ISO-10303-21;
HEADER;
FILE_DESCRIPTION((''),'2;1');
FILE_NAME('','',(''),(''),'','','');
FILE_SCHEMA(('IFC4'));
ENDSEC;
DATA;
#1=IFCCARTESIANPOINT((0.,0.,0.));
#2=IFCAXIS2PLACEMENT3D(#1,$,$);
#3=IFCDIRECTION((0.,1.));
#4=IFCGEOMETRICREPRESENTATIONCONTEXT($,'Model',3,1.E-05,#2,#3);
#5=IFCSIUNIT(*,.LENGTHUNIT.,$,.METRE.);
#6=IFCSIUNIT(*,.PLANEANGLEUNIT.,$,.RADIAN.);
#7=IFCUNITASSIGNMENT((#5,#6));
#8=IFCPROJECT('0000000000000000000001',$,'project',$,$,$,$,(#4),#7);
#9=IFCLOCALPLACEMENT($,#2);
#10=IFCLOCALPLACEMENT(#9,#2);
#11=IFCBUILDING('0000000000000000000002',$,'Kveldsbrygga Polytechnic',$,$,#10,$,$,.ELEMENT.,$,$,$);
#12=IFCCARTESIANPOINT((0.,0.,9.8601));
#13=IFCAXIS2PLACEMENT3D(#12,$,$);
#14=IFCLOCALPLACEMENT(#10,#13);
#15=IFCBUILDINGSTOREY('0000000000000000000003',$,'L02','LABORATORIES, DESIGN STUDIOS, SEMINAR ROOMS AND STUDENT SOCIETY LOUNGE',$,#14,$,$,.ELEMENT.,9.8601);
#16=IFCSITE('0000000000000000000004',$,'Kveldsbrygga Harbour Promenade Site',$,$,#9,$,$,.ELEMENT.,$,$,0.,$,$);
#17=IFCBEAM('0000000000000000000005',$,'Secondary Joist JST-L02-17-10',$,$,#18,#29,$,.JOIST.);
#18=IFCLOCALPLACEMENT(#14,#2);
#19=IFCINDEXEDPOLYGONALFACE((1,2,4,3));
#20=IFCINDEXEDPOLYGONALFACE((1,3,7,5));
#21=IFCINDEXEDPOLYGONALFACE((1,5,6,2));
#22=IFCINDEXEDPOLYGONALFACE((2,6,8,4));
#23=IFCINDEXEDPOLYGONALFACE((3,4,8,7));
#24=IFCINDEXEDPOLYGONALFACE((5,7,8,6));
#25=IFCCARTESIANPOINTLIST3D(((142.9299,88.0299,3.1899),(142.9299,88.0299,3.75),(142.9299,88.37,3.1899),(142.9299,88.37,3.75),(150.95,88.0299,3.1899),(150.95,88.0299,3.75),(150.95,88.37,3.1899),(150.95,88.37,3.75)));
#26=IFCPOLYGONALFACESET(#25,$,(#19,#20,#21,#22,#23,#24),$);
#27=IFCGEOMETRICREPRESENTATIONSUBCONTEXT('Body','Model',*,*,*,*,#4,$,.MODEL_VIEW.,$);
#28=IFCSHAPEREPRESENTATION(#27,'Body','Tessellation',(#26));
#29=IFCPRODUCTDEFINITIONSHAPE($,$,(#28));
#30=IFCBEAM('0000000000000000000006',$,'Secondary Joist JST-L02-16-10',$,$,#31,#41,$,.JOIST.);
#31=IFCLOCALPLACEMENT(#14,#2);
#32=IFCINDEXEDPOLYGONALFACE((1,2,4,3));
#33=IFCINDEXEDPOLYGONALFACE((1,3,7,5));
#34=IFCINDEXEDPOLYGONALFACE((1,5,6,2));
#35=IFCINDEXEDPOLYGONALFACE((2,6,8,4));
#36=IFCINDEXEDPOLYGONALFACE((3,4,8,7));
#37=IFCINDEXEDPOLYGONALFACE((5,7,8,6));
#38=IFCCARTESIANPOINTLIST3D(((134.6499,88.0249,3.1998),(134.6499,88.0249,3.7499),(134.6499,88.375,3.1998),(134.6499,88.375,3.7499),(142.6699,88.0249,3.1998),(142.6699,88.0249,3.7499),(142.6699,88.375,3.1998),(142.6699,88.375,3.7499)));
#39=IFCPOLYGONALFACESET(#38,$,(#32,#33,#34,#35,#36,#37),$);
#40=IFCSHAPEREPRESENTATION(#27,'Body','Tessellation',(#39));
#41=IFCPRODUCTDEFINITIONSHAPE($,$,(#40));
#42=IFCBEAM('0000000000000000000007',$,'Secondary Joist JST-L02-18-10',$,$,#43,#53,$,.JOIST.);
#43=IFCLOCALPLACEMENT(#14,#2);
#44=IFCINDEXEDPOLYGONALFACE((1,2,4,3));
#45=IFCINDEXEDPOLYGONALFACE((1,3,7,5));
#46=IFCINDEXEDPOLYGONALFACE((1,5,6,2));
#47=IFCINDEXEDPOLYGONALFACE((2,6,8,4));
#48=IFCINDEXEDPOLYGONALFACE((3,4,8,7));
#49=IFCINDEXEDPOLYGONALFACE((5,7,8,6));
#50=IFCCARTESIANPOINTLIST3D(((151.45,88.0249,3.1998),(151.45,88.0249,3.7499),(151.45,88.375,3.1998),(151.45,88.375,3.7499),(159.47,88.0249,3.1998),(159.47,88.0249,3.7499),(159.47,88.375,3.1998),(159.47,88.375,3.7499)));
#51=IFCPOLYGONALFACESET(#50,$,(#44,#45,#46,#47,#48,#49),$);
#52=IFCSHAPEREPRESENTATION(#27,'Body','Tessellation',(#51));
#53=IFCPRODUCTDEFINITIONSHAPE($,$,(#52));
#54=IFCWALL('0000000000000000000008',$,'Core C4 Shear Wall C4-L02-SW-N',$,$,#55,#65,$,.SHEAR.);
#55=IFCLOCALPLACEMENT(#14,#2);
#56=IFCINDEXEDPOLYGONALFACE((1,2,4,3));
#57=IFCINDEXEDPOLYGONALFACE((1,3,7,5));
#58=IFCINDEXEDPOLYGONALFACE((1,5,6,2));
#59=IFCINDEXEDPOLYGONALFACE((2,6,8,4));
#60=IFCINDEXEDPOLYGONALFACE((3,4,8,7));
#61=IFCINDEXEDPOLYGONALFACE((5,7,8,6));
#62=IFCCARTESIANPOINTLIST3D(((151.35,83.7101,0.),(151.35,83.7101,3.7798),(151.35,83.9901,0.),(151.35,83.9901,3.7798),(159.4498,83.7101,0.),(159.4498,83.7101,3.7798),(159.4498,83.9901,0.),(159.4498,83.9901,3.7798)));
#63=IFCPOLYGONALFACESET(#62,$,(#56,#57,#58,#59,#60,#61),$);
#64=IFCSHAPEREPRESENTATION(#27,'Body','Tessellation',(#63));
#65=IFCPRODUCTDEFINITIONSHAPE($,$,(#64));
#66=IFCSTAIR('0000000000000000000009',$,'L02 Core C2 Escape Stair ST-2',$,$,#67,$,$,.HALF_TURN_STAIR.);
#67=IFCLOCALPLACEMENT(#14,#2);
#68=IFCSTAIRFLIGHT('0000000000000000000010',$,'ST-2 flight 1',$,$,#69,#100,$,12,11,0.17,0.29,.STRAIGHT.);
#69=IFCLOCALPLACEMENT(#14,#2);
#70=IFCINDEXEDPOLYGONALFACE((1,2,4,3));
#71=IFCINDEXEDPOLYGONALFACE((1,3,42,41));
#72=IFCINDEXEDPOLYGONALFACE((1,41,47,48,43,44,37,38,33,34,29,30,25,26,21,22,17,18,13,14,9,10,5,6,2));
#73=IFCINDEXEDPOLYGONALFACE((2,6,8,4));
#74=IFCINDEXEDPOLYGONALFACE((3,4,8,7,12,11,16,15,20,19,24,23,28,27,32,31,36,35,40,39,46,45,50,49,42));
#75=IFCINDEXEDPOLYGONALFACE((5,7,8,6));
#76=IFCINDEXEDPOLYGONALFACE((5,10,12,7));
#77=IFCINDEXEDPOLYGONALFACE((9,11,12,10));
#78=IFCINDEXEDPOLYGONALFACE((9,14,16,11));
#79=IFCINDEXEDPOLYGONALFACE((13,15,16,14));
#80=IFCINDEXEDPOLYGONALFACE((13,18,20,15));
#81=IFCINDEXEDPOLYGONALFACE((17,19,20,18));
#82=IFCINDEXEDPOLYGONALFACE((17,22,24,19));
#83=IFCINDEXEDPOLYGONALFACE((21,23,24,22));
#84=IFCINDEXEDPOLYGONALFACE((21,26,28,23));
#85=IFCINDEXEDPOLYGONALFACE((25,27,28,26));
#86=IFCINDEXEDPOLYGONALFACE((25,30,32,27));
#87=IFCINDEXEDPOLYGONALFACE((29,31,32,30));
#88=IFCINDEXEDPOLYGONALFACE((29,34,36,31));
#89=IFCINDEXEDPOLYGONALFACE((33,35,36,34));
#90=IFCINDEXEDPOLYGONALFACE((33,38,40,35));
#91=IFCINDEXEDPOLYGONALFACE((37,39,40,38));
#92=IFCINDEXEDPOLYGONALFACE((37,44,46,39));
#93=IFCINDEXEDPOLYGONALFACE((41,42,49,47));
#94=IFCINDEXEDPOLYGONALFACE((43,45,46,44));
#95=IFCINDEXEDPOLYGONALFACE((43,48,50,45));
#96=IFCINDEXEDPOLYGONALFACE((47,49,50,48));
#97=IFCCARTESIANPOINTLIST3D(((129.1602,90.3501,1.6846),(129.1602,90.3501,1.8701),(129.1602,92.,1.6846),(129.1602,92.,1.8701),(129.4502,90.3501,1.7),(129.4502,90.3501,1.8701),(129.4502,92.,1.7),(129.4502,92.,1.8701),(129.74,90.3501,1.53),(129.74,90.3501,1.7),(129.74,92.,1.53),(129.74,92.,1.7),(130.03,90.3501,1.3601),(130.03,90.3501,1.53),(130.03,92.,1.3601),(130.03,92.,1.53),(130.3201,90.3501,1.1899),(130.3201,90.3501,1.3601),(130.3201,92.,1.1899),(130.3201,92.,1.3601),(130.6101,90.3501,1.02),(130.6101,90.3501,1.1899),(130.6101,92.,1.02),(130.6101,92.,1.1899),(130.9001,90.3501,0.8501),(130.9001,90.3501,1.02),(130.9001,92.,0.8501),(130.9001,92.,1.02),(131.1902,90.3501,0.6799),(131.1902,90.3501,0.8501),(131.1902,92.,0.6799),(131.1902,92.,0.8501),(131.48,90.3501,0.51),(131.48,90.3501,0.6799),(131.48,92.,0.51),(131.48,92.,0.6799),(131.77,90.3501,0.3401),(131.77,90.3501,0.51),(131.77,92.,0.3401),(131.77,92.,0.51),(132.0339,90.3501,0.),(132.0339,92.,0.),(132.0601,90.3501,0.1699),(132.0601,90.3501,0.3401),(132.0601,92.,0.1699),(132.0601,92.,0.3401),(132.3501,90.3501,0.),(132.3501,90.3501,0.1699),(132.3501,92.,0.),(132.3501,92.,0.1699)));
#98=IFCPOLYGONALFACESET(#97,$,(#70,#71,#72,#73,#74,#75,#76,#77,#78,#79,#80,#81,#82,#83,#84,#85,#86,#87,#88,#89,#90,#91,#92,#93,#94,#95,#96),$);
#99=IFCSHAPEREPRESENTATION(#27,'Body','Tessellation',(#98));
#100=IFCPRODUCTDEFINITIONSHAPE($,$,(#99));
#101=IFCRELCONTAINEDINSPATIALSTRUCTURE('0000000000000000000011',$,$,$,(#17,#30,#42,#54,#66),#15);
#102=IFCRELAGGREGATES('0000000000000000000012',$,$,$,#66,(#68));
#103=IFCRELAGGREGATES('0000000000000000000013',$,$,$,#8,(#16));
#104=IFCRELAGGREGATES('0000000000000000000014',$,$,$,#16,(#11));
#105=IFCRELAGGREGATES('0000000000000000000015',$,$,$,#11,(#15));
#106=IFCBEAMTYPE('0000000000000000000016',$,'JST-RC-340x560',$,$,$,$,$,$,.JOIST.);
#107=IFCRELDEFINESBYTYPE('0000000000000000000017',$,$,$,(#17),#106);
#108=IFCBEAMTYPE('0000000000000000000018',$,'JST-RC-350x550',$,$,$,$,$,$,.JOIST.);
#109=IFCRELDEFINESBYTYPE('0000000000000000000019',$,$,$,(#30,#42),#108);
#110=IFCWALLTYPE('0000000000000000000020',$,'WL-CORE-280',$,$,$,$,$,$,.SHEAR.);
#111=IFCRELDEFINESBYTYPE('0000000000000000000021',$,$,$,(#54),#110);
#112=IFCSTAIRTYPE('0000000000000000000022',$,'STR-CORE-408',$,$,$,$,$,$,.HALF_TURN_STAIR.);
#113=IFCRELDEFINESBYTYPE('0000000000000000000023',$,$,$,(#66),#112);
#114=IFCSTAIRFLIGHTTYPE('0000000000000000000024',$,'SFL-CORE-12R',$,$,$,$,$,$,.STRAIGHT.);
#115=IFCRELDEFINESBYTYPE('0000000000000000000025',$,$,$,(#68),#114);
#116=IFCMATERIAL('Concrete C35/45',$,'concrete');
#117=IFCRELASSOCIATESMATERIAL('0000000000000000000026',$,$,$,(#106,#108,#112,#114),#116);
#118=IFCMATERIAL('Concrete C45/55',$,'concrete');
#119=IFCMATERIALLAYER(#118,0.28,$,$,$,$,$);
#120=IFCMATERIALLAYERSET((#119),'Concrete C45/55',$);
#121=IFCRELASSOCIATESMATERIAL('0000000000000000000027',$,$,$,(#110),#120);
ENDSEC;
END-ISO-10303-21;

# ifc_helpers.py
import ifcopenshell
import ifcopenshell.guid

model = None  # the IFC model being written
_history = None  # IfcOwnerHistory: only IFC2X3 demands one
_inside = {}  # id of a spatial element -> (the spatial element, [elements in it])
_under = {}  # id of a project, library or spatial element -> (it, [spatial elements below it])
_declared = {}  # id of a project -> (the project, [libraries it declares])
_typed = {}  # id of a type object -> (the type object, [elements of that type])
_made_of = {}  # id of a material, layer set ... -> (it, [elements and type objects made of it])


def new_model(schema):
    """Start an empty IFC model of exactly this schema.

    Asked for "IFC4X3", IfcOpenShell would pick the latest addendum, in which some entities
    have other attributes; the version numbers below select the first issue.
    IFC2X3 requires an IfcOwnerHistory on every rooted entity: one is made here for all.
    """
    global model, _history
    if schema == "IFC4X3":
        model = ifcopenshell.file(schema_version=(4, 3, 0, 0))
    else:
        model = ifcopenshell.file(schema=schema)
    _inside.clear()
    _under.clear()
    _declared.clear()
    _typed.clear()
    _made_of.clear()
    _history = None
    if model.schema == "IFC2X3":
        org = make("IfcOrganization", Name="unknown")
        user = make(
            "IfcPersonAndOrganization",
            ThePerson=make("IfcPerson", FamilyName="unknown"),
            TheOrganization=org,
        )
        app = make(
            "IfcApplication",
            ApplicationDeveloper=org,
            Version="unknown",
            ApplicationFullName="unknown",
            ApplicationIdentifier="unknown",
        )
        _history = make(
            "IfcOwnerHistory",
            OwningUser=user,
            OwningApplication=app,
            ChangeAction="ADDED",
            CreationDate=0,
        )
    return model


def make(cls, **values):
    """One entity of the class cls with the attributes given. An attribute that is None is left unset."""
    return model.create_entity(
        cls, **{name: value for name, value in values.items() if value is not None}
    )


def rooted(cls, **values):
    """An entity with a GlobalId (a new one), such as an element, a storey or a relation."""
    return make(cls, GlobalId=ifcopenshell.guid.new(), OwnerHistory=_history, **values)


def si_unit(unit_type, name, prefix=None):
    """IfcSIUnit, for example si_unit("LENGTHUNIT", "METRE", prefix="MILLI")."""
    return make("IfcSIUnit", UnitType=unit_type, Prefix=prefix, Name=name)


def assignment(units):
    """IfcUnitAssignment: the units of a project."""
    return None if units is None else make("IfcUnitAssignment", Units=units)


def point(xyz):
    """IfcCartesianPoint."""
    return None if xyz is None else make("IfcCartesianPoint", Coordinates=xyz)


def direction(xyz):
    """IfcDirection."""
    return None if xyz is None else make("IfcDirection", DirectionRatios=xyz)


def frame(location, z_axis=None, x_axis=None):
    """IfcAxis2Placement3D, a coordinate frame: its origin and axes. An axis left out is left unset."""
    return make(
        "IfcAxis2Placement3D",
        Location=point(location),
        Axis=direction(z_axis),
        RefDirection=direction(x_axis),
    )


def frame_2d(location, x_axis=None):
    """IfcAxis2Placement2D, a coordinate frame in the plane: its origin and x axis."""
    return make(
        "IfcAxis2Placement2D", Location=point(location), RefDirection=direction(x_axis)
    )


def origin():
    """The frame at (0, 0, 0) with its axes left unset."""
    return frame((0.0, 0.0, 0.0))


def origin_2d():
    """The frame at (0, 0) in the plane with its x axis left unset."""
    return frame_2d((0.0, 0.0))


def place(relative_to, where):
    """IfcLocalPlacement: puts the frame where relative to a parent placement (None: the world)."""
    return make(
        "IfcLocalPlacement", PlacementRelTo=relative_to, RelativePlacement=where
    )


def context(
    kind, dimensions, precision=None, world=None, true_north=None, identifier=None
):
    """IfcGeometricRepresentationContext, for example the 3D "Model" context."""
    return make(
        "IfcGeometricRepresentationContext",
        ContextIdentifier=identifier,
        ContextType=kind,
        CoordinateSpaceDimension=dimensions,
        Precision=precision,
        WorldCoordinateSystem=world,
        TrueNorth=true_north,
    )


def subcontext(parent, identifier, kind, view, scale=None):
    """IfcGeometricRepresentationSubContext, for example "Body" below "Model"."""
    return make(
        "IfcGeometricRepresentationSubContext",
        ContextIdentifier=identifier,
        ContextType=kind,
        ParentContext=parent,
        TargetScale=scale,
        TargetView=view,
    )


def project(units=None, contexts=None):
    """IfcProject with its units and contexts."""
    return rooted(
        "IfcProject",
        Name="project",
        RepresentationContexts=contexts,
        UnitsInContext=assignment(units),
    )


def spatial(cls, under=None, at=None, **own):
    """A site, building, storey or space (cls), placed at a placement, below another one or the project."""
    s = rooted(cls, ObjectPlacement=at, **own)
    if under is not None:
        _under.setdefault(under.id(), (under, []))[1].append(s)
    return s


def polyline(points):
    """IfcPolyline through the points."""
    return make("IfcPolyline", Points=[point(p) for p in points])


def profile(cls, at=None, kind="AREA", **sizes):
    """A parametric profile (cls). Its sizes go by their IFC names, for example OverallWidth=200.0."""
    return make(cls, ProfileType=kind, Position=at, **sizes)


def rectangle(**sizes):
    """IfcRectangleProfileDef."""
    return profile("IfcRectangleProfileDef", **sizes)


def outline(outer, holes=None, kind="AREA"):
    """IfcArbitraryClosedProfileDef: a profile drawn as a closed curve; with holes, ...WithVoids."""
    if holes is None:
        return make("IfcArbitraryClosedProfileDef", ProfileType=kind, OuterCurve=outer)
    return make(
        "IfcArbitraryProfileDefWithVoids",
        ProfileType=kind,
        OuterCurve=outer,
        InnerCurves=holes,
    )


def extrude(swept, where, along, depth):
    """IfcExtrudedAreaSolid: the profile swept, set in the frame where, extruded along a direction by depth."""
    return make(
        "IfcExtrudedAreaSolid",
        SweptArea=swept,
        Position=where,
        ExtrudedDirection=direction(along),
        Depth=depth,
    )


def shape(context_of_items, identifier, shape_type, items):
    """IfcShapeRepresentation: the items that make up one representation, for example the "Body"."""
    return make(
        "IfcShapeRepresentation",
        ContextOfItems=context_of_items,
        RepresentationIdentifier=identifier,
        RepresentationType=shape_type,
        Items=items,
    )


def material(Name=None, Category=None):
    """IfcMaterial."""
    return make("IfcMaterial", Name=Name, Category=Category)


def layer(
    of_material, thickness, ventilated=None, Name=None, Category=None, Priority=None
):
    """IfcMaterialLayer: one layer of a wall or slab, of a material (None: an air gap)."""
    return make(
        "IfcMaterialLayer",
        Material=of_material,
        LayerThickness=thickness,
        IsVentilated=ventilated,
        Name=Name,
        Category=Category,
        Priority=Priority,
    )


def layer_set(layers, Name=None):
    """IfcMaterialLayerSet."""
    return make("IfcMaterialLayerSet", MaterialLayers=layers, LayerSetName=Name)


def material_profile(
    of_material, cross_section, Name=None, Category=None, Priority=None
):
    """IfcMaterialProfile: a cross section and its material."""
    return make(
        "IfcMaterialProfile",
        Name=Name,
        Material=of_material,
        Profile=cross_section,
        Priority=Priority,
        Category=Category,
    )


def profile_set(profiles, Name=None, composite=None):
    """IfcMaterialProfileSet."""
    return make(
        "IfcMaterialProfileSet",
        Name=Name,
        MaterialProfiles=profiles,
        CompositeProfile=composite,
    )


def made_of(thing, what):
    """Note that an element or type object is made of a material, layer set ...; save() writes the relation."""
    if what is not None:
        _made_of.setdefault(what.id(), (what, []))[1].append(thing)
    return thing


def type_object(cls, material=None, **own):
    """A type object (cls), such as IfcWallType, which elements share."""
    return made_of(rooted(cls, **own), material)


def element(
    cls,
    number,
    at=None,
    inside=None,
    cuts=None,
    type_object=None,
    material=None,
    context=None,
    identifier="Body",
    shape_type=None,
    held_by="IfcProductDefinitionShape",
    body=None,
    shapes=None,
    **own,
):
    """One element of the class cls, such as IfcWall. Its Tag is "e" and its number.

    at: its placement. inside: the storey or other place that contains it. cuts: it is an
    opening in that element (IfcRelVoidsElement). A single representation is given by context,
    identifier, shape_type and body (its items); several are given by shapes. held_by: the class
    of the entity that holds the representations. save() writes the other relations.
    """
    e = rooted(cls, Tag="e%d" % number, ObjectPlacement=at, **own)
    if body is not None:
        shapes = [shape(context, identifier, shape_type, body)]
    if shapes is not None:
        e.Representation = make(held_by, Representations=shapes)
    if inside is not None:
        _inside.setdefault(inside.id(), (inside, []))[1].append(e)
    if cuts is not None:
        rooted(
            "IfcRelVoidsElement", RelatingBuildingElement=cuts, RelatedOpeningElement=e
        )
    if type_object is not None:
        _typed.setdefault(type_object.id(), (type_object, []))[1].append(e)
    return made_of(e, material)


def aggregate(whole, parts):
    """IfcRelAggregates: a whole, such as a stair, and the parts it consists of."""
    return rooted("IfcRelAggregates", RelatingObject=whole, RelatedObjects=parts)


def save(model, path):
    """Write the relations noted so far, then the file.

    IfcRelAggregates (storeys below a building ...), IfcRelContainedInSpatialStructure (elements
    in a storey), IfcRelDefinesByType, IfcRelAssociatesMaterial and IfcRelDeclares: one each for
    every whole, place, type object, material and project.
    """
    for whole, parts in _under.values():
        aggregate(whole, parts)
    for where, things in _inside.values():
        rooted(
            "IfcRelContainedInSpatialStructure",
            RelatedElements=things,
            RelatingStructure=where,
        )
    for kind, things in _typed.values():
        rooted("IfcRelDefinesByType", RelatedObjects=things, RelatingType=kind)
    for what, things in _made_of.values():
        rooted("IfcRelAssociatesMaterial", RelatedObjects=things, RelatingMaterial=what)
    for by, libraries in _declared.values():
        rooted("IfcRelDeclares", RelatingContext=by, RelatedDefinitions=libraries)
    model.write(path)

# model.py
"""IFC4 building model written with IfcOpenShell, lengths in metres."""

from ifc_helpers import new_model, si_unit, direction, frame, frame_2d, origin, origin_2d, place, context, subcontext, project, spatial, polyline, rectangle, outline, extrude, material, layer, layer_set, material_profile, profile_set, type_object, element, aggregate, save


model = new_model("IFC4")

# Units and contexts
model_context = context("Model", 3, precision=1e-05, world=origin(), true_north=direction((0.0, 1.0)))
body_context = subcontext(model_context, "Body", "Model", "MODEL_VIEW")
ifc_project = project(units=[si_unit("LENGTHUNIT", "METRE"), si_unit("PLANEANGLEUNIT", "RADIAN")], contexts=[model_context])

# Site, building, storey
site_placement = place(None, origin())
site = spatial("IfcSite", under=ifc_project, at=site_placement, Name="Kveldsbrygga Harbour Promenade Site", CompositionType="ELEMENT", RefElevation=0.0)
building_placement = place(site_placement, origin())
building = spatial("IfcBuilding", under=site, at=building_placement, Name="Kveldsbrygga Polytechnic", CompositionType="ELEMENT")
storey_placement = place(building_placement, frame((0.0, 0.0, 9.8601)))
storey = spatial("IfcBuildingStorey", under=building, at=storey_placement, Name="L02", Description="LABORATORIES, DESIGN STUDIOS, SEMINAR ROOMS AND STUDENT SOCIETY LOUNGE", CompositionType="ELEMENT", Elevation=9.8601)

# Shared definitions
ifc_material_1 = material(Name="Concrete C45/55", Category="concrete")

# Beams
ifc_material_2 = material(Name="Concrete C35/45", Category="concrete")
ifc_material_profile_1 = material_profile(ifc_material_2, rectangle(XDim=0.3401, YDim=0.5601, at=origin_2d()), Name="RC 340x560")
ifc_profile_set_1 = profile_set([ifc_material_profile_1], Name="Concrete C35/45")
beam_type_1 = type_object("IfcBeamType", Name="JST-RC-340x560", PredefinedType="JOIST", material=ifc_profile_set_1)
beam_1_placement = place(storey_placement, frame((142.9299, 88.2, 3.47), z_axis=(1.0, 0.0, 0.0), x_axis=(0.0, 1.0, 0.0)))
element("IfcBeam", 1, at=beam_1_placement, inside=storey, type_object=beam_type_1, Name="Secondary Joist JST-L02-17-10", PredefinedType="JOIST", context=body_context, shape_type="SweptSolid", body=[
    extrude(rectangle(XDim=0.3401, YDim=0.5601, at=origin_2d()), origin(), (0.0, 0.0, 1.0), 8.02),
])
ifc_material_profile_2 = material_profile(ifc_material_2, rectangle(XDim=0.3501, YDim=0.55, at=origin_2d()), Name="RC 350x550")
ifc_profile_set_2 = profile_set([ifc_material_profile_2], Name="Concrete C35/45")
beam_type_2 = type_object("IfcBeamType", Name="JST-RC-350x550", PredefinedType="JOIST", material=ifc_profile_set_2)
for number, where, z_axis, x_axis, name in (
    (2, (134.6499, 88.2, 3.4749), (1.0, 0.0, 0.0), (0.0, 1.0, 0.0), "Secondary Joist JST-L02-16-10"),
    (3, (151.45, 88.2, 3.4749), (1.0, 0.0, 0.0), (0.0, 1.0, 0.0), "Secondary Joist JST-L02-18-10"),
):
    element("IfcBeam", number, at=place(storey_placement, frame(where, z_axis=z_axis, x_axis=x_axis)), inside=storey, type_object=beam_type_2, Name=name, PredefinedType="JOIST", context=body_context, shape_type="SweptSolid", body=[
        extrude(rectangle(XDim=0.3501, YDim=0.55, at=origin_2d()), origin(), (0.0, 0.0, 1.0), 8.02),
    ])

# Shared definitions
ifc_layer = layer(ifc_material_1, 0.28)
ifc_layer_set = layer_set([ifc_layer], Name="Concrete C45/55")
wall_type = type_object("IfcWallType", Name="WL-CORE-280", PredefinedType="SHEAR", material=ifc_layer_set)

# Wall
wall_1_placement = place(storey_placement, frame((151.3501, 83.8501, 0.0), z_axis=(0.0, 0.0, 1.0), x_axis=(1.0, 0.0, 0.0)))
element("IfcWall", 4, at=wall_1_placement, inside=storey, type_object=wall_type, Name="Core C4 Shear Wall C4-L02-SW-N", PredefinedType="SHEAR", context=body_context, shape_type="SweptSolid", body=[
    extrude(rectangle(XDim=8.0999, YDim=0.28, at=frame_2d((4.0498, 0.0))), origin(), (0.0, 0.0, 1.0), 3.7798),
])

# Stair, stair flight
stair_type = type_object("IfcStairType", Name="STR-CORE-408", PredefinedType="HALF_TURN_STAIR", material=ifc_material_2)
stair_placement = place(storey_placement, origin())
stair = element("IfcStair", 5, at=stair_placement, inside=storey, type_object=stair_type, Name="L02 Core C2 Escape Stair ST-2", PredefinedType="HALF_TURN_STAIR")
stair_flight_type = type_object("IfcStairFlightType", Name="SFL-CORE-12R", PredefinedType="STRAIGHT", material=ifc_material_2)
stair_flight_placement = place(storey_placement, frame((132.3501, 91.175, 0.0), z_axis=(0.0, 0.0, 1.0), x_axis=(-1.0, 0.0, 0.0)))
stair_flight = element("IfcStairFlight", 6, at=stair_flight_placement, type_object=stair_flight_type, Name="ST-2 flight 1", NumberOfRisers=12, NumberOfTreads=11, PredefinedType="STRAIGHT", RiserHeight=0.17, TreadLength=0.29, context=body_context, shape_type="SweptSolid", body=[
    extrude(outline(polyline([(0.0, 0.0), (0.0, 0.1699), (0.29, 0.1699), (0.29, 0.3401), (0.5801, 0.3401), (0.5801, 0.51), (0.8701, 0.51), (0.8701, 0.6799), (1.1599, 0.6799), (1.1599, 0.8501), (1.45, 0.8501), (1.45, 1.02), (1.74, 1.02), (1.74, 1.1899), (2.03, 1.1899), (2.03, 1.3601), (2.3201, 1.3601), (2.3201, 1.53), (2.6101, 1.53), (2.6101, 1.7), (2.8999, 1.7), (2.8999, 1.8701), (3.1899, 1.8701), (3.1899, 2.04), (3.1899, 1.6846), (0.3162, 0.0), (0.0, 0.0)])), frame((0.0, 0.825, 0.0), z_axis=(0.0, -1.0, 0.0), x_axis=(1.0, 0.0, 0.0)), (0.0, 0.0, 1.0), 1.6499),
])
aggregate(stair, [stair_flight])

save(model, "model.ifc")
